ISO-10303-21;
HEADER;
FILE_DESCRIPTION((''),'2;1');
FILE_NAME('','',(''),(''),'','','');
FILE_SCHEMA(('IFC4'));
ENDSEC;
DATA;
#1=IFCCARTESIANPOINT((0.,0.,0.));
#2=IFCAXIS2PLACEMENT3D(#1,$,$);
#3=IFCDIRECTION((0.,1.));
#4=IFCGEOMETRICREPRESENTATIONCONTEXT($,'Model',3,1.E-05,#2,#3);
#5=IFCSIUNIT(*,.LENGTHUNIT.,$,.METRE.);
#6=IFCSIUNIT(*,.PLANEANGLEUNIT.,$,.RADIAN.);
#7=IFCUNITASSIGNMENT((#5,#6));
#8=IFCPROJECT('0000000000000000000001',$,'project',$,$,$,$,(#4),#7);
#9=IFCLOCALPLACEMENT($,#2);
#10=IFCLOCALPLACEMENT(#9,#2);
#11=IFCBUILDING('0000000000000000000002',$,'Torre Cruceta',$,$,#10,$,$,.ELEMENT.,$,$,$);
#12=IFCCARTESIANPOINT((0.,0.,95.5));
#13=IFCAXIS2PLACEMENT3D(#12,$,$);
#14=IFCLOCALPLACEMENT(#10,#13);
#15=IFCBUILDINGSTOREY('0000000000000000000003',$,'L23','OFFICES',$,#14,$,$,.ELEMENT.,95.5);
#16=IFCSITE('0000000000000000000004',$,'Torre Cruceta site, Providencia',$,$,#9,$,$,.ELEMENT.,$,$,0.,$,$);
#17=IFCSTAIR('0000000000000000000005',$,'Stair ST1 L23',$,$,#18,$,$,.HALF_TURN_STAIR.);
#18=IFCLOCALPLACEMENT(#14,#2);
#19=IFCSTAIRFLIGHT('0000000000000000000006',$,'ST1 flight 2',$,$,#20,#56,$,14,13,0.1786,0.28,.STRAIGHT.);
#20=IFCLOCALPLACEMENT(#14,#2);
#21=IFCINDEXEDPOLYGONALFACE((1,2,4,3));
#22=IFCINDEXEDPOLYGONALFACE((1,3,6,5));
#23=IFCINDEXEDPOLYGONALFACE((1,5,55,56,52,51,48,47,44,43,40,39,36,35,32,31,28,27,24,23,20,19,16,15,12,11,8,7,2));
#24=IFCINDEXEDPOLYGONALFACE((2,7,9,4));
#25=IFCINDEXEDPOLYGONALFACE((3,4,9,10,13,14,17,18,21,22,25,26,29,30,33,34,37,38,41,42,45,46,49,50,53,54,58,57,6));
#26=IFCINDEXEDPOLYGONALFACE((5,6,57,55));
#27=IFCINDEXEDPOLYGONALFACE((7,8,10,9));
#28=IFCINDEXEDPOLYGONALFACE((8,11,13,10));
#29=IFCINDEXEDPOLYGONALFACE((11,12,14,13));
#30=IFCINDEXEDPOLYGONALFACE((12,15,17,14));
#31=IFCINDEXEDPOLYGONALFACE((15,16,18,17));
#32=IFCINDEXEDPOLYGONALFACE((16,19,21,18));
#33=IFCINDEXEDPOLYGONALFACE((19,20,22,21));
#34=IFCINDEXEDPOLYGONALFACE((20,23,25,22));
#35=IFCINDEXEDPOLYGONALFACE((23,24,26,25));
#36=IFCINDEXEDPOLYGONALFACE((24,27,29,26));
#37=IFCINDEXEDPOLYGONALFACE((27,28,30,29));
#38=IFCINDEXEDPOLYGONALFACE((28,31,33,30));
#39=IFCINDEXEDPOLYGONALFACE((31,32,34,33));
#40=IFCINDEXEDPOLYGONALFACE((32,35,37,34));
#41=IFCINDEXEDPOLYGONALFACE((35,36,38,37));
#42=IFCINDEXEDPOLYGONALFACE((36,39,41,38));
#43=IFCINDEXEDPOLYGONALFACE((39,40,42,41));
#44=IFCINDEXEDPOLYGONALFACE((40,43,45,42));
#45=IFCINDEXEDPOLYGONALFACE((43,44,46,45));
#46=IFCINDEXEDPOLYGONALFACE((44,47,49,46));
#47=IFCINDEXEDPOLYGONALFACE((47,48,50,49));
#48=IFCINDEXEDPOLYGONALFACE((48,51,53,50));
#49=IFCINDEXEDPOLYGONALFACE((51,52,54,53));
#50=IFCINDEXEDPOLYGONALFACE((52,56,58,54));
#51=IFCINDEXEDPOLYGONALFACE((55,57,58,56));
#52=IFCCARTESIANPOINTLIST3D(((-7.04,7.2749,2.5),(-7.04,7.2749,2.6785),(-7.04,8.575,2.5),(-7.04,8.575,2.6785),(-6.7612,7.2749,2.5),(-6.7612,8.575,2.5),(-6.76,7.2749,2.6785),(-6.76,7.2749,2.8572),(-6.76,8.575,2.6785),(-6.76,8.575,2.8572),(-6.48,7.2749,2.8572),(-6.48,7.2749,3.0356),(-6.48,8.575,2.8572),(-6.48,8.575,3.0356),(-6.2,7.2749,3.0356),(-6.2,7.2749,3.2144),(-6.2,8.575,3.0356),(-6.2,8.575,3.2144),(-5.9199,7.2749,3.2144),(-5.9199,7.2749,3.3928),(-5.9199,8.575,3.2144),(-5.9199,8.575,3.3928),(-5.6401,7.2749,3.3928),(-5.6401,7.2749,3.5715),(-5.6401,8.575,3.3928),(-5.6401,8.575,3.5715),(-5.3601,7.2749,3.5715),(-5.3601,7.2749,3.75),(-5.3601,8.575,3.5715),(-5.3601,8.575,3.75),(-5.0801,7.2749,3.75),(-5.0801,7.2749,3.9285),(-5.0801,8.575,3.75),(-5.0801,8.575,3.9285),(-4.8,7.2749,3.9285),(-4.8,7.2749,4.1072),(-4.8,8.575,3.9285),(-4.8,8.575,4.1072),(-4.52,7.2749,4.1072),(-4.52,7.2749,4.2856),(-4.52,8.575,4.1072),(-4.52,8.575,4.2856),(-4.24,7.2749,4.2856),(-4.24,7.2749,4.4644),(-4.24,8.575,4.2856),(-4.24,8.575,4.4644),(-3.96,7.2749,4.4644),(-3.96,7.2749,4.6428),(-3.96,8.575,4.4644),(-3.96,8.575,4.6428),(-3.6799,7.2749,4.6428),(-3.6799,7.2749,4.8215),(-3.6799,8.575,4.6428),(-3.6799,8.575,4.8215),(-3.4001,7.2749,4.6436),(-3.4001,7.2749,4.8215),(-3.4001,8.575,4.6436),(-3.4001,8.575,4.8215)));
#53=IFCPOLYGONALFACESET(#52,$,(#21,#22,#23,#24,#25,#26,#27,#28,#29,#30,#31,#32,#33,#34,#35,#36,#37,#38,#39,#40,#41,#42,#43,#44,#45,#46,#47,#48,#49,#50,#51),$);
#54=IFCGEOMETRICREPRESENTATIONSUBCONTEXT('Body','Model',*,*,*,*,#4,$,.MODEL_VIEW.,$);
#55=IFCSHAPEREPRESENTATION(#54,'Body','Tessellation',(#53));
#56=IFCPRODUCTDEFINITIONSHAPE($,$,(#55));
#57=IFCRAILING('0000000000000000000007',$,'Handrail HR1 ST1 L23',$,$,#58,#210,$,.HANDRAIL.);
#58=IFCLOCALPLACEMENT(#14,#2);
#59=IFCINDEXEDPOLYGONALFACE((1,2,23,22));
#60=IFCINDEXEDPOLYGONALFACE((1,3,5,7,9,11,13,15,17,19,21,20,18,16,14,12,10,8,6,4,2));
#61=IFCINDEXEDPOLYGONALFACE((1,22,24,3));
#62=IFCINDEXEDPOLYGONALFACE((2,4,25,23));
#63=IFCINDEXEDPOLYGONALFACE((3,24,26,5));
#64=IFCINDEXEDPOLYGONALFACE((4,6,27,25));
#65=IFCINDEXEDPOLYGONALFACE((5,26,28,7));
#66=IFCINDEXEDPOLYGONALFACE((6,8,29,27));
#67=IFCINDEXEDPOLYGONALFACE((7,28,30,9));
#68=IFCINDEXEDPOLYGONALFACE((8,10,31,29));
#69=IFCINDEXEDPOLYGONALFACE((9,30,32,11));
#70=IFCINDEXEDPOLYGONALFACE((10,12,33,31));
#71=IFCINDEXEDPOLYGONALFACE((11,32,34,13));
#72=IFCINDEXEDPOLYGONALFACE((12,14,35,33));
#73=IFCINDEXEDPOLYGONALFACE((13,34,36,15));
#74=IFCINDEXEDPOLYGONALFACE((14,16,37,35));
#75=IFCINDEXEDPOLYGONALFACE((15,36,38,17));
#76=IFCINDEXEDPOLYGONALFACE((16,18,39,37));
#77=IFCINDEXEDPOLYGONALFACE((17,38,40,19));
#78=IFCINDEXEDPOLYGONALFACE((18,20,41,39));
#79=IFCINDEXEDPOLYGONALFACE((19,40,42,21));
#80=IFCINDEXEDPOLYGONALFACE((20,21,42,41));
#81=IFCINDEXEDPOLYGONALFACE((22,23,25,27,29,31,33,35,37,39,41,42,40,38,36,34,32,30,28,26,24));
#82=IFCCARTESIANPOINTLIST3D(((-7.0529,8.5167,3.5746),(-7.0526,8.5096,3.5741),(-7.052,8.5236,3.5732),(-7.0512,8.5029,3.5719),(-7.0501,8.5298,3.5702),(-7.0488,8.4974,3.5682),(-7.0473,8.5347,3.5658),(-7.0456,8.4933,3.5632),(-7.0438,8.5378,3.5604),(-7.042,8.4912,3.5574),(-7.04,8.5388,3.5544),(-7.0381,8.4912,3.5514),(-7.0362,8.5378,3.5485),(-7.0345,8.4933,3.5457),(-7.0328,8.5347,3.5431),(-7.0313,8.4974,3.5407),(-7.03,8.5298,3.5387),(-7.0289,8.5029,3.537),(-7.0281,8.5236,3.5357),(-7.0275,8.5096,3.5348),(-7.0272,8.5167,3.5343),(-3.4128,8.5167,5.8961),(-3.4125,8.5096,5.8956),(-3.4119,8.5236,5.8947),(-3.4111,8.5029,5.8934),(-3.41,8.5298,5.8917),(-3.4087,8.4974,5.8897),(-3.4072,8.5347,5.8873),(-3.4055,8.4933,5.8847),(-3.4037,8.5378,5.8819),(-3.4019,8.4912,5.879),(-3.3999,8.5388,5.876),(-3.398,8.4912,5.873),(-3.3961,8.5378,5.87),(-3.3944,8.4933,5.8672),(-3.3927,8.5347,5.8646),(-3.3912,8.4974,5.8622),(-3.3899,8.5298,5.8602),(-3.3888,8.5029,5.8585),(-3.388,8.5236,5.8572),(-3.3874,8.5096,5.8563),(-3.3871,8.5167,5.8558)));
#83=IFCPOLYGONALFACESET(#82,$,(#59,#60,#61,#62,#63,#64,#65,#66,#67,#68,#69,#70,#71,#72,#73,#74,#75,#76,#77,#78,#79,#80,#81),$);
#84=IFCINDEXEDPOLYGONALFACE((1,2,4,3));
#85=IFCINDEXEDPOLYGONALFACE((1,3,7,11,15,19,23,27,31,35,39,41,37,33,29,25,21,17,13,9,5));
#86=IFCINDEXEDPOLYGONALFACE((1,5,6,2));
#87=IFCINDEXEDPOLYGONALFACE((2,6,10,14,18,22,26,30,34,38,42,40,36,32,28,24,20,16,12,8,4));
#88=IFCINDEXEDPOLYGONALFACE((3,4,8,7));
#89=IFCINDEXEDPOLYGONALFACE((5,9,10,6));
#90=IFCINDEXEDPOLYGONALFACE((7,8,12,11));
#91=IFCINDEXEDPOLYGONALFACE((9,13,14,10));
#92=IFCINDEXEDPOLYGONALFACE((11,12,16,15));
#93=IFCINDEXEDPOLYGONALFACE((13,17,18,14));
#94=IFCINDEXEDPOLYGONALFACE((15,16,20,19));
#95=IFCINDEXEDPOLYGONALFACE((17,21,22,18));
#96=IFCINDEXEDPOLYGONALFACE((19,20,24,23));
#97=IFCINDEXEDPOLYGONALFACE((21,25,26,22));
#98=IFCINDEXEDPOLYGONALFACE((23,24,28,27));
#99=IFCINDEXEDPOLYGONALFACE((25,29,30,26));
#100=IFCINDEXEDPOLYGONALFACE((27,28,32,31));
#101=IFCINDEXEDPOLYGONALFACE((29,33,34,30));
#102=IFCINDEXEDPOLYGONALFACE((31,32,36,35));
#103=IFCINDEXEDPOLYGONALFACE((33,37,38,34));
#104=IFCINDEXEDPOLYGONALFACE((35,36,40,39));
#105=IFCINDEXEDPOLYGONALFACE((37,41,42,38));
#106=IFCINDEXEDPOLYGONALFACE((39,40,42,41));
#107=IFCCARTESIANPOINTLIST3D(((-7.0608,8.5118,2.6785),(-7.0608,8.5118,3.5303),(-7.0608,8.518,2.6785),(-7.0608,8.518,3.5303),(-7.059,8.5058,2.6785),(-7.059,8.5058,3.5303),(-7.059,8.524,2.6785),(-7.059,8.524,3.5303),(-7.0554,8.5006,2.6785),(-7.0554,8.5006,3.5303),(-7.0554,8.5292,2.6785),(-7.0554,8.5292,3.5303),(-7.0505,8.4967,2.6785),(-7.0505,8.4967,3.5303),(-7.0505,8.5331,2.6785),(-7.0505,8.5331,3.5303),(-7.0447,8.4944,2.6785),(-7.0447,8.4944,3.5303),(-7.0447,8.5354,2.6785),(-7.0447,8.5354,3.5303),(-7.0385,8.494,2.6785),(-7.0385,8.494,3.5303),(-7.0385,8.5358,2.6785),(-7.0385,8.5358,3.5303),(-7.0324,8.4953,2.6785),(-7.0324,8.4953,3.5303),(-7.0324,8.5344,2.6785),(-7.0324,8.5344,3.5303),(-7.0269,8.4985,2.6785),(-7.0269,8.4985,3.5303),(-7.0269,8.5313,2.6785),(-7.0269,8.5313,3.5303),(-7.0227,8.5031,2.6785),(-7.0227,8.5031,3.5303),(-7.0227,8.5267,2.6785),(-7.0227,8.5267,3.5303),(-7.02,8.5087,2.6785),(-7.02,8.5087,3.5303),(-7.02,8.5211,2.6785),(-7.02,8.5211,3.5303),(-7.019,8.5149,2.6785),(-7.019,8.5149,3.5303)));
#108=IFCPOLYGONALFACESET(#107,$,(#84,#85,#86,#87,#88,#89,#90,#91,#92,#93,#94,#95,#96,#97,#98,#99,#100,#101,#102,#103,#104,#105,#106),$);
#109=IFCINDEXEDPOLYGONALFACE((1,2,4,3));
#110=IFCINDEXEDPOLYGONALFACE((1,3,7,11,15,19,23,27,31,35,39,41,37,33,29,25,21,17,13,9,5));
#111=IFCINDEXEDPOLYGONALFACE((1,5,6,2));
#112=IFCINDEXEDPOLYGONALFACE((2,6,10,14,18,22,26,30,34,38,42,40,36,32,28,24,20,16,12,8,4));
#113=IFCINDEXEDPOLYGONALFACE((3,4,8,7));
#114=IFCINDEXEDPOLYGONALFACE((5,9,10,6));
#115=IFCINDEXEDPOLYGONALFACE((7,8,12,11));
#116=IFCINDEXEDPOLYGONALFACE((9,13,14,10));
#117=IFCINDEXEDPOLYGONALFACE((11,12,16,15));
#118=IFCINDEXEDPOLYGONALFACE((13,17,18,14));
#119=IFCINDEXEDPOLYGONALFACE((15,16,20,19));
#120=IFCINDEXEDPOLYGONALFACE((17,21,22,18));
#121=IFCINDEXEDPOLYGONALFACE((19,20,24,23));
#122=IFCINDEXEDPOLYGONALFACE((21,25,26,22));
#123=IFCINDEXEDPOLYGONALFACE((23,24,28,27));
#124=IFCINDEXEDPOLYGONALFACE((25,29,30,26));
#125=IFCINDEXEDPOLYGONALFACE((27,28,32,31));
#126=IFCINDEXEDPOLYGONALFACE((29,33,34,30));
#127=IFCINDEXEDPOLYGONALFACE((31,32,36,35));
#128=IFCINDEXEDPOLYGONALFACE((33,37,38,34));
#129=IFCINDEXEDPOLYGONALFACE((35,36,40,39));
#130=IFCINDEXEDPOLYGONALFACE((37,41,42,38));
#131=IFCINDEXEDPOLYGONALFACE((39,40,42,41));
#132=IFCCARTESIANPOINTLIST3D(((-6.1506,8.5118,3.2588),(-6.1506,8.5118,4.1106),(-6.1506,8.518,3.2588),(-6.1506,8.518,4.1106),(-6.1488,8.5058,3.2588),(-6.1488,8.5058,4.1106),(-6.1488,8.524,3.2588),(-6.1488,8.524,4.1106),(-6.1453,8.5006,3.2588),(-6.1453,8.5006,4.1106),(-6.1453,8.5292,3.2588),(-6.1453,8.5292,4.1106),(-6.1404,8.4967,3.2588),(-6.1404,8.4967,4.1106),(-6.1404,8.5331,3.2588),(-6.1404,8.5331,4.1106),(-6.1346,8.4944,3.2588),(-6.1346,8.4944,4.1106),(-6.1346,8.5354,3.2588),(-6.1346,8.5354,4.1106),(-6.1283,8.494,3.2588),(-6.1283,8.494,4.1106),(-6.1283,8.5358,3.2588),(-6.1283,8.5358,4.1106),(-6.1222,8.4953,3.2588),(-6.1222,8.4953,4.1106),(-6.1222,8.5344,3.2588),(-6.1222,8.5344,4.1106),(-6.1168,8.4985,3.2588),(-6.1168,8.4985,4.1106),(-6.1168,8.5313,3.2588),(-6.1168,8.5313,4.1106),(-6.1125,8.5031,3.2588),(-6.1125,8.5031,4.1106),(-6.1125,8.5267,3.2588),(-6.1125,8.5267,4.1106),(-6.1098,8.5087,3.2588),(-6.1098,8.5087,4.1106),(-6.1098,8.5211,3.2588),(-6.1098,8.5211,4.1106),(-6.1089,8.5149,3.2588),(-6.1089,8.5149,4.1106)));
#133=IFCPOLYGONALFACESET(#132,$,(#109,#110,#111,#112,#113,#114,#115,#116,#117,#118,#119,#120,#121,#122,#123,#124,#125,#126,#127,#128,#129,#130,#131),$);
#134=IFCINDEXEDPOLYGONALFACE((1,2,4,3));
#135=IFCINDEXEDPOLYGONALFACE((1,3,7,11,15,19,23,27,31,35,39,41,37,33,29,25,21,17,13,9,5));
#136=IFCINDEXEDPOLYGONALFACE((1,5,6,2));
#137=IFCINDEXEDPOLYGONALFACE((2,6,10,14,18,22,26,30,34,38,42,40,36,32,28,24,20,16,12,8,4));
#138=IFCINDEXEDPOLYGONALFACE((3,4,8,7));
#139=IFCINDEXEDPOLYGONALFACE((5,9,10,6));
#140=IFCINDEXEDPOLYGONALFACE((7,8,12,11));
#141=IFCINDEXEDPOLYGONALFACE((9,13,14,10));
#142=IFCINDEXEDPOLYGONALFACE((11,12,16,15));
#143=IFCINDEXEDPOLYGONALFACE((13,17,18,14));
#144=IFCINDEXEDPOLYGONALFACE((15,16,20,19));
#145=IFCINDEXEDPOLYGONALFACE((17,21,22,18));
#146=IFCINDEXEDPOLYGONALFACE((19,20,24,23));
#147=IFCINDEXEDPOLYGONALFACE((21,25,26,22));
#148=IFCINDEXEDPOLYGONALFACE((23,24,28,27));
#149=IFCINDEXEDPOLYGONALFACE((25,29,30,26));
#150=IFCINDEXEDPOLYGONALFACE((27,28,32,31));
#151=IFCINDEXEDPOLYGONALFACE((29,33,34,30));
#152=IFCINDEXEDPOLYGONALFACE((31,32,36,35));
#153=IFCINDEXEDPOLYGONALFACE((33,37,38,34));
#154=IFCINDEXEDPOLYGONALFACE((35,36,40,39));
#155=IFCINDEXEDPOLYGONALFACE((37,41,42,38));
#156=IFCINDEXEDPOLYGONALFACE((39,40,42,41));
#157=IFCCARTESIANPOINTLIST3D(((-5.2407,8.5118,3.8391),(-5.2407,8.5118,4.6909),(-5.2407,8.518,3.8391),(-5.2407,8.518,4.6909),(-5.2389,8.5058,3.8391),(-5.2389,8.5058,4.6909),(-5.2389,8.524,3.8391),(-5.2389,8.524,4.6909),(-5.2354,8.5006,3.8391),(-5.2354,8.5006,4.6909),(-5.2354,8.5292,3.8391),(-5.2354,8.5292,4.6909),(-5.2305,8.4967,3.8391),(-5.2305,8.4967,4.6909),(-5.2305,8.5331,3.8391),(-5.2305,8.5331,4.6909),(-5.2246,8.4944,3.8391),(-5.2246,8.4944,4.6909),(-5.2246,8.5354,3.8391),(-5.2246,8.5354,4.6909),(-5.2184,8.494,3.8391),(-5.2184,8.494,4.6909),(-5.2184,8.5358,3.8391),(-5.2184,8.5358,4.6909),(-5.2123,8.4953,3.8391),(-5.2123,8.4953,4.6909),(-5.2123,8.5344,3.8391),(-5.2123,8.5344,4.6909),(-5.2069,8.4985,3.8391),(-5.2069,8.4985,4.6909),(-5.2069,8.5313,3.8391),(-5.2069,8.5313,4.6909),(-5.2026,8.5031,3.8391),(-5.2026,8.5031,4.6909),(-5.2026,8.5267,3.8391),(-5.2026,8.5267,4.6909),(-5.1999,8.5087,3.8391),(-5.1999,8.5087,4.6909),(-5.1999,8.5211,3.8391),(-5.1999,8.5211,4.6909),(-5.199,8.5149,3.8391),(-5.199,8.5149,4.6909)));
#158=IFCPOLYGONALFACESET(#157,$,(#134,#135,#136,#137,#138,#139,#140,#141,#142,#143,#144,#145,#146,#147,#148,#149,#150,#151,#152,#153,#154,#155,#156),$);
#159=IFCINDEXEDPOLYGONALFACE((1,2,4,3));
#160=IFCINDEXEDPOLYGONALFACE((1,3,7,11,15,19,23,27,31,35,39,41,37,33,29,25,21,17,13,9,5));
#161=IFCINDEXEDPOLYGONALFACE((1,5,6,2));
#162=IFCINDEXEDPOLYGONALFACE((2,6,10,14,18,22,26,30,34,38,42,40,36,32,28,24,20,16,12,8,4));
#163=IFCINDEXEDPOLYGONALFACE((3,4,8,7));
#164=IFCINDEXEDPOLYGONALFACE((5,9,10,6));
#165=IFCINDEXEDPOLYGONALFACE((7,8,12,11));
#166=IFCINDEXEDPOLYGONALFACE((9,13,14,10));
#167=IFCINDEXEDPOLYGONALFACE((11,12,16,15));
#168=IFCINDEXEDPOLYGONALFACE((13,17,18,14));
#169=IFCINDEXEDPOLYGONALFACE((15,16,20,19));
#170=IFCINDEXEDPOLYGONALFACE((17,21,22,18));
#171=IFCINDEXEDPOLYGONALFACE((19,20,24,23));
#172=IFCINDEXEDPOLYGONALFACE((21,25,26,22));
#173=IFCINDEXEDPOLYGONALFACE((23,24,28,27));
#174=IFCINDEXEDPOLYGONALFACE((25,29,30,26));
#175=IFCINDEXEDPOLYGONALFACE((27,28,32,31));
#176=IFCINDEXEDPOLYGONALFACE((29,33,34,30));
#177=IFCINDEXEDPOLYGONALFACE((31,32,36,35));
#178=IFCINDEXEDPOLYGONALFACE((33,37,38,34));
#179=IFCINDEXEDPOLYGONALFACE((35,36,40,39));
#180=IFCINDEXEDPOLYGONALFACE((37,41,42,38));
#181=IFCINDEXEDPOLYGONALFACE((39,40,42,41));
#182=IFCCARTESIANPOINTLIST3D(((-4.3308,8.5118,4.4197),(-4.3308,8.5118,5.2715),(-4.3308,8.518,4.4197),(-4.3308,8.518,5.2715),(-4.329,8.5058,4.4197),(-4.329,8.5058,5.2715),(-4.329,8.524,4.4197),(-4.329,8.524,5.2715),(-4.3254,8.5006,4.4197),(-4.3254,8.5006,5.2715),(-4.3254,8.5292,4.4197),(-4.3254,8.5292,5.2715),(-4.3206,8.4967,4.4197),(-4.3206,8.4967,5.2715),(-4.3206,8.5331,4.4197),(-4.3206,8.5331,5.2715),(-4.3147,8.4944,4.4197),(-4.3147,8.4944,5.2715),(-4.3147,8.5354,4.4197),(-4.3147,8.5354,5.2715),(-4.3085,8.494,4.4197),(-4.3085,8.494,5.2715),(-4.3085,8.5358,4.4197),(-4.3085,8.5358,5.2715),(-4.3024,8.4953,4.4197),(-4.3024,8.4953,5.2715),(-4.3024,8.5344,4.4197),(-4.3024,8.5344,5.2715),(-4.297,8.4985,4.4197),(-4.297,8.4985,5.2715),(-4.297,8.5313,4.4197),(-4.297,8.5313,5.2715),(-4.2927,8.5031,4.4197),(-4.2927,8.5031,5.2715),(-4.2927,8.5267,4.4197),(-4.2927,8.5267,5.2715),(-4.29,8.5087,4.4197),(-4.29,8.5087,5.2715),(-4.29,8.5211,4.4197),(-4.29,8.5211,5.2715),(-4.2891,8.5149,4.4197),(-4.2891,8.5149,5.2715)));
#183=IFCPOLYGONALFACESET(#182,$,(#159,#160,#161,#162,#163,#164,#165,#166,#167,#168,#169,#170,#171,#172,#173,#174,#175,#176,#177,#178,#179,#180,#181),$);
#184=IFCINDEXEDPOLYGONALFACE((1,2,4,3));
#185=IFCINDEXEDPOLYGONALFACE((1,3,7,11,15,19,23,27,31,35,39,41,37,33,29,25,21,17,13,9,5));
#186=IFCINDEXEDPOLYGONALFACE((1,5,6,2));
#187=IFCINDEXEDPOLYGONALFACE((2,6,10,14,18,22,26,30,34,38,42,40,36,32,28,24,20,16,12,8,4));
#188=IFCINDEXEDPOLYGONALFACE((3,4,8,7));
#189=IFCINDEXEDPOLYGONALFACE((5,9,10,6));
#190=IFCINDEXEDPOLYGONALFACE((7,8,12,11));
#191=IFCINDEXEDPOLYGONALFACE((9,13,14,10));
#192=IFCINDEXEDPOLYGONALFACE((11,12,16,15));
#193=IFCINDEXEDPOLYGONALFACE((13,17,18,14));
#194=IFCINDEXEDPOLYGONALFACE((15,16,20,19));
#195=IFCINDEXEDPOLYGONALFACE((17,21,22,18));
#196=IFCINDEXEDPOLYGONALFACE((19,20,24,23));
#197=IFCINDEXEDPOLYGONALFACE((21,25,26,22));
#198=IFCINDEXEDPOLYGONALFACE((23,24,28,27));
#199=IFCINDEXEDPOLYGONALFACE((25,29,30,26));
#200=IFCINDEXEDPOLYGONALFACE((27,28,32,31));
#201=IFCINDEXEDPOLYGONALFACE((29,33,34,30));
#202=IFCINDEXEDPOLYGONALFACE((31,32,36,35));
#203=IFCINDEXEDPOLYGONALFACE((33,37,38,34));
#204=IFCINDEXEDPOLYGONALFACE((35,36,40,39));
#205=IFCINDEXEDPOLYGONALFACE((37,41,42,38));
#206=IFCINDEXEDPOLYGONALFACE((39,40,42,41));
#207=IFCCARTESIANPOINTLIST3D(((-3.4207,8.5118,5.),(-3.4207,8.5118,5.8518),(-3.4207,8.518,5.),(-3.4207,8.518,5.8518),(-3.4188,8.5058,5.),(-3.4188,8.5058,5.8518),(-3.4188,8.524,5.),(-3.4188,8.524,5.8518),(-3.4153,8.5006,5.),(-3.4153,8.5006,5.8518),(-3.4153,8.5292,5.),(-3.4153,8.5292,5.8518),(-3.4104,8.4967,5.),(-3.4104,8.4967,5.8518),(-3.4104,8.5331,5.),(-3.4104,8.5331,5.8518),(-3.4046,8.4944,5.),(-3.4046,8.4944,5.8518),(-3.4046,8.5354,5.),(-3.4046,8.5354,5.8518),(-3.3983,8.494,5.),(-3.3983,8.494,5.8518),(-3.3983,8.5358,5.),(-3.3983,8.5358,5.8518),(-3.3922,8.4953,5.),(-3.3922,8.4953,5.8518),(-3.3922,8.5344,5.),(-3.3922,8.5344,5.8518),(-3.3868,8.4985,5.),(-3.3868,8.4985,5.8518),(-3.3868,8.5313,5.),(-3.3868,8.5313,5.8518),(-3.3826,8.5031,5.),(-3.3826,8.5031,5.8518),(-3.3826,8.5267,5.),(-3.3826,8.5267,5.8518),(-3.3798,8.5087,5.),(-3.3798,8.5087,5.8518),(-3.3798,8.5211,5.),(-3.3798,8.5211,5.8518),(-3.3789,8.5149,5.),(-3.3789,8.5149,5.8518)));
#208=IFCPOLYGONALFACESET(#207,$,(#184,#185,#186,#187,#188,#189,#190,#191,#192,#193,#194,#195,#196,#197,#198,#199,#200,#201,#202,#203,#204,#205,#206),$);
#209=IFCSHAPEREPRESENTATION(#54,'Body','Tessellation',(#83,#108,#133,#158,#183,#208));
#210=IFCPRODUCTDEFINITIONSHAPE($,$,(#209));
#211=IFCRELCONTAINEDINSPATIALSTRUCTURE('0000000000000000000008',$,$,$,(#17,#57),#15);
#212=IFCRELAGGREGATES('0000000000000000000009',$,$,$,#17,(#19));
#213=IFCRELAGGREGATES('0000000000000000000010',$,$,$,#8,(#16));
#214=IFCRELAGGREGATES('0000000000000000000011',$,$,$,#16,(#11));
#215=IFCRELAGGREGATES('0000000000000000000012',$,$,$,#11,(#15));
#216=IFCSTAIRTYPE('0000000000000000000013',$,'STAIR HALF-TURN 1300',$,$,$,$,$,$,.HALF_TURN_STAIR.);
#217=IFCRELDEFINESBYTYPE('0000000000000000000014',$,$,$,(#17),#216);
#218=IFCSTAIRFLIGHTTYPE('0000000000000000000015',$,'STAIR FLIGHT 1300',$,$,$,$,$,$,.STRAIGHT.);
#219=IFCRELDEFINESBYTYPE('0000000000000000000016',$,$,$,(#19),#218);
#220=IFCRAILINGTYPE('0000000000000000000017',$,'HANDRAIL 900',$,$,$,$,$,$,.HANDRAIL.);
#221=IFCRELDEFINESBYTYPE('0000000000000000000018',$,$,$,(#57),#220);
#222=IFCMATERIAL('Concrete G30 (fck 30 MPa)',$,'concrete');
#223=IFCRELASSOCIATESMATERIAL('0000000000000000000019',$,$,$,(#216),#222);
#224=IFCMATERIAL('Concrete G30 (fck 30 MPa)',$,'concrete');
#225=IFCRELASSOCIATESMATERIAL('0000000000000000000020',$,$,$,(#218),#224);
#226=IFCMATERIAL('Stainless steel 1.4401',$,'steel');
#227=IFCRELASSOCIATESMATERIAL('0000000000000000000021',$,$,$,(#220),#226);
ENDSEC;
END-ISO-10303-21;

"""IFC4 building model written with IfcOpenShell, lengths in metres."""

from ifc_helpers import new_model, si_unit, direction, frame, origin, origin_2d, place, context, subcontext, project, spatial, polyline, circle, outline, extrude, material, type_object, element, aggregate, save


model = new_model("IFC4")

# Units and contexts
model_context = context("Model", 3, precision=1e-05, world=origin(), true_north=direction((0.0, 1.0)))
body_context = subcontext(model_context, "Body", "Model", "MODEL_VIEW")
ifc_project = project(units=[si_unit("LENGTHUNIT", "METRE"), si_unit("PLANEANGLEUNIT", "RADIAN")], contexts=[model_context])

# Site, building, storey
site_placement = place(None, origin())
site = spatial("IfcSite", under=ifc_project, at=site_placement, Name="Torre Cruceta site, Providencia", CompositionType="ELEMENT", RefElevation=0.0)
building_placement = place(site_placement, origin())
building = spatial("IfcBuilding", under=site, at=building_placement, Name="Torre Cruceta", CompositionType="ELEMENT")
storey_placement = place(building_placement, frame((0.0, 0.0, 95.5)))
storey = spatial("IfcBuildingStorey", under=building, at=storey_placement, Name="L23", Description="OFFICES", CompositionType="ELEMENT", Elevation=95.5)

# Stair, stair flight
ifc_material_1 = material(Name="Concrete G30 (fck 30 MPa)", Category="concrete")
stair_type = type_object("IfcStairType", Name="STAIR HALF-TURN 1300", PredefinedType="HALF_TURN_STAIR", material=ifc_material_1)
stair_placement = place(storey_placement, origin())
stair = element("IfcStair", 1, at=stair_placement, inside=storey, type_object=stair_type, Name="Stair ST1 L23", PredefinedType="HALF_TURN_STAIR")
ifc_material_2 = material(Name="Concrete G30 (fck 30 MPa)", Category="concrete")
stair_flight_type = type_object("IfcStairFlightType", Name="STAIR FLIGHT 1300", PredefinedType="STRAIGHT", material=ifc_material_2)
stair_flight_1_placement = place(storey_placement, frame((-7.04, 7.925, 2.5), z_axis=(0.0, 0.0, 1.0), x_axis=(1.0, 0.0, 0.0)))
stair_flight_1 = element("IfcStairFlight", 2, at=stair_flight_1_placement, type_object=stair_flight_type, Name="ST1 flight 2", NumberOfRisers=14, NumberOfTreads=13, PredefinedType="STRAIGHT", RiserHeight=0.1786, TreadLength=0.28, context=body_context, shape_type="SweptSolid", body=[
    extrude(outline(polyline([(0.0, 0.0), (0.0, 0.1785), (0.28, 0.1785), (0.28, 0.3572), (0.5601, 0.3572), (0.5601, 0.5356), (0.8401, 0.5356), (0.8401, 0.7144), (1.1201, 0.7144), (1.1201, 0.8928), (1.3999, 0.8928), (1.3999, 1.0715), (1.6799, 1.0715), (1.6799, 1.25), (1.96, 1.25), (1.96, 1.4285), (2.24, 1.4285), (2.24, 1.6072), (2.52, 1.6072), (2.52, 1.7856), (2.8, 1.7856), (2.8, 1.9644), (3.0801, 1.9644), (3.0801, 2.1428), (3.3601, 2.1428), (3.3601, 2.3215), (3.6399, 2.3215), (3.6399, 2.5), (3.6399, 2.1436), (0.2788, 0.0), (0.0, 0.0)])), frame((0.0, 0.6499, 0.0), z_axis=(0.0, -1.0, 0.0), x_axis=(1.0, 0.0, 0.0)), (0.0, 0.0, 1.0), 1.3),
])
aggregate(stair, [stair_flight_1])

# Railing
ifc_material_3 = material(Name="Stainless steel 1.4401", Category="steel")
railing_type = type_object("IfcRailingType", Name="HANDRAIL 900", PredefinedType="HANDRAIL", material=ifc_material_3)
railing_1_placement = place(storey_placement, frame((-7.04, 8.5149, 2.6785)))
element("IfcRailing", 3, at=railing_1_placement, inside=storey, type_object=railing_type, Name="Handrail HR1 ST1 L23", PredefinedType="HANDRAIL", context=body_context, shape_type="SweptSolid", body=[
    extrude(circle(Radius=0.0239, at=origin_2d()), frame((0.0, 0.0, 0.876), z_axis=(0.843128, 0.0, 0.537713), x_axis=(0.0, 1.0, 0.0)), (0.0, 0.0, 1.0), 4.3174),
    extrude(circle(Radius=0.021, at=origin_2d()), origin(), (0.0, 0.0, 1.0), 0.8518),
    extrude(circle(Radius=0.021, at=origin_2d()), frame((0.9102, 0.0, 0.5803)), (0.0, 0.0, 1.0), 0.8518),
    extrude(circle(Radius=0.021, at=origin_2d()), frame((1.8201, 0.0, 1.1606)), (0.0, 0.0, 1.0), 0.8518),
    extrude(circle(Radius=0.021, at=origin_2d()), frame((2.73, 0.0, 1.7412)), (0.0, 0.0, 1.0), 0.8518),
    extrude(circle(Radius=0.021, at=origin_2d()), frame((3.6401, 0.0, 2.3215)), (0.0, 0.0, 1.0), 0.8518),
])

save(model, "model.ifc")
